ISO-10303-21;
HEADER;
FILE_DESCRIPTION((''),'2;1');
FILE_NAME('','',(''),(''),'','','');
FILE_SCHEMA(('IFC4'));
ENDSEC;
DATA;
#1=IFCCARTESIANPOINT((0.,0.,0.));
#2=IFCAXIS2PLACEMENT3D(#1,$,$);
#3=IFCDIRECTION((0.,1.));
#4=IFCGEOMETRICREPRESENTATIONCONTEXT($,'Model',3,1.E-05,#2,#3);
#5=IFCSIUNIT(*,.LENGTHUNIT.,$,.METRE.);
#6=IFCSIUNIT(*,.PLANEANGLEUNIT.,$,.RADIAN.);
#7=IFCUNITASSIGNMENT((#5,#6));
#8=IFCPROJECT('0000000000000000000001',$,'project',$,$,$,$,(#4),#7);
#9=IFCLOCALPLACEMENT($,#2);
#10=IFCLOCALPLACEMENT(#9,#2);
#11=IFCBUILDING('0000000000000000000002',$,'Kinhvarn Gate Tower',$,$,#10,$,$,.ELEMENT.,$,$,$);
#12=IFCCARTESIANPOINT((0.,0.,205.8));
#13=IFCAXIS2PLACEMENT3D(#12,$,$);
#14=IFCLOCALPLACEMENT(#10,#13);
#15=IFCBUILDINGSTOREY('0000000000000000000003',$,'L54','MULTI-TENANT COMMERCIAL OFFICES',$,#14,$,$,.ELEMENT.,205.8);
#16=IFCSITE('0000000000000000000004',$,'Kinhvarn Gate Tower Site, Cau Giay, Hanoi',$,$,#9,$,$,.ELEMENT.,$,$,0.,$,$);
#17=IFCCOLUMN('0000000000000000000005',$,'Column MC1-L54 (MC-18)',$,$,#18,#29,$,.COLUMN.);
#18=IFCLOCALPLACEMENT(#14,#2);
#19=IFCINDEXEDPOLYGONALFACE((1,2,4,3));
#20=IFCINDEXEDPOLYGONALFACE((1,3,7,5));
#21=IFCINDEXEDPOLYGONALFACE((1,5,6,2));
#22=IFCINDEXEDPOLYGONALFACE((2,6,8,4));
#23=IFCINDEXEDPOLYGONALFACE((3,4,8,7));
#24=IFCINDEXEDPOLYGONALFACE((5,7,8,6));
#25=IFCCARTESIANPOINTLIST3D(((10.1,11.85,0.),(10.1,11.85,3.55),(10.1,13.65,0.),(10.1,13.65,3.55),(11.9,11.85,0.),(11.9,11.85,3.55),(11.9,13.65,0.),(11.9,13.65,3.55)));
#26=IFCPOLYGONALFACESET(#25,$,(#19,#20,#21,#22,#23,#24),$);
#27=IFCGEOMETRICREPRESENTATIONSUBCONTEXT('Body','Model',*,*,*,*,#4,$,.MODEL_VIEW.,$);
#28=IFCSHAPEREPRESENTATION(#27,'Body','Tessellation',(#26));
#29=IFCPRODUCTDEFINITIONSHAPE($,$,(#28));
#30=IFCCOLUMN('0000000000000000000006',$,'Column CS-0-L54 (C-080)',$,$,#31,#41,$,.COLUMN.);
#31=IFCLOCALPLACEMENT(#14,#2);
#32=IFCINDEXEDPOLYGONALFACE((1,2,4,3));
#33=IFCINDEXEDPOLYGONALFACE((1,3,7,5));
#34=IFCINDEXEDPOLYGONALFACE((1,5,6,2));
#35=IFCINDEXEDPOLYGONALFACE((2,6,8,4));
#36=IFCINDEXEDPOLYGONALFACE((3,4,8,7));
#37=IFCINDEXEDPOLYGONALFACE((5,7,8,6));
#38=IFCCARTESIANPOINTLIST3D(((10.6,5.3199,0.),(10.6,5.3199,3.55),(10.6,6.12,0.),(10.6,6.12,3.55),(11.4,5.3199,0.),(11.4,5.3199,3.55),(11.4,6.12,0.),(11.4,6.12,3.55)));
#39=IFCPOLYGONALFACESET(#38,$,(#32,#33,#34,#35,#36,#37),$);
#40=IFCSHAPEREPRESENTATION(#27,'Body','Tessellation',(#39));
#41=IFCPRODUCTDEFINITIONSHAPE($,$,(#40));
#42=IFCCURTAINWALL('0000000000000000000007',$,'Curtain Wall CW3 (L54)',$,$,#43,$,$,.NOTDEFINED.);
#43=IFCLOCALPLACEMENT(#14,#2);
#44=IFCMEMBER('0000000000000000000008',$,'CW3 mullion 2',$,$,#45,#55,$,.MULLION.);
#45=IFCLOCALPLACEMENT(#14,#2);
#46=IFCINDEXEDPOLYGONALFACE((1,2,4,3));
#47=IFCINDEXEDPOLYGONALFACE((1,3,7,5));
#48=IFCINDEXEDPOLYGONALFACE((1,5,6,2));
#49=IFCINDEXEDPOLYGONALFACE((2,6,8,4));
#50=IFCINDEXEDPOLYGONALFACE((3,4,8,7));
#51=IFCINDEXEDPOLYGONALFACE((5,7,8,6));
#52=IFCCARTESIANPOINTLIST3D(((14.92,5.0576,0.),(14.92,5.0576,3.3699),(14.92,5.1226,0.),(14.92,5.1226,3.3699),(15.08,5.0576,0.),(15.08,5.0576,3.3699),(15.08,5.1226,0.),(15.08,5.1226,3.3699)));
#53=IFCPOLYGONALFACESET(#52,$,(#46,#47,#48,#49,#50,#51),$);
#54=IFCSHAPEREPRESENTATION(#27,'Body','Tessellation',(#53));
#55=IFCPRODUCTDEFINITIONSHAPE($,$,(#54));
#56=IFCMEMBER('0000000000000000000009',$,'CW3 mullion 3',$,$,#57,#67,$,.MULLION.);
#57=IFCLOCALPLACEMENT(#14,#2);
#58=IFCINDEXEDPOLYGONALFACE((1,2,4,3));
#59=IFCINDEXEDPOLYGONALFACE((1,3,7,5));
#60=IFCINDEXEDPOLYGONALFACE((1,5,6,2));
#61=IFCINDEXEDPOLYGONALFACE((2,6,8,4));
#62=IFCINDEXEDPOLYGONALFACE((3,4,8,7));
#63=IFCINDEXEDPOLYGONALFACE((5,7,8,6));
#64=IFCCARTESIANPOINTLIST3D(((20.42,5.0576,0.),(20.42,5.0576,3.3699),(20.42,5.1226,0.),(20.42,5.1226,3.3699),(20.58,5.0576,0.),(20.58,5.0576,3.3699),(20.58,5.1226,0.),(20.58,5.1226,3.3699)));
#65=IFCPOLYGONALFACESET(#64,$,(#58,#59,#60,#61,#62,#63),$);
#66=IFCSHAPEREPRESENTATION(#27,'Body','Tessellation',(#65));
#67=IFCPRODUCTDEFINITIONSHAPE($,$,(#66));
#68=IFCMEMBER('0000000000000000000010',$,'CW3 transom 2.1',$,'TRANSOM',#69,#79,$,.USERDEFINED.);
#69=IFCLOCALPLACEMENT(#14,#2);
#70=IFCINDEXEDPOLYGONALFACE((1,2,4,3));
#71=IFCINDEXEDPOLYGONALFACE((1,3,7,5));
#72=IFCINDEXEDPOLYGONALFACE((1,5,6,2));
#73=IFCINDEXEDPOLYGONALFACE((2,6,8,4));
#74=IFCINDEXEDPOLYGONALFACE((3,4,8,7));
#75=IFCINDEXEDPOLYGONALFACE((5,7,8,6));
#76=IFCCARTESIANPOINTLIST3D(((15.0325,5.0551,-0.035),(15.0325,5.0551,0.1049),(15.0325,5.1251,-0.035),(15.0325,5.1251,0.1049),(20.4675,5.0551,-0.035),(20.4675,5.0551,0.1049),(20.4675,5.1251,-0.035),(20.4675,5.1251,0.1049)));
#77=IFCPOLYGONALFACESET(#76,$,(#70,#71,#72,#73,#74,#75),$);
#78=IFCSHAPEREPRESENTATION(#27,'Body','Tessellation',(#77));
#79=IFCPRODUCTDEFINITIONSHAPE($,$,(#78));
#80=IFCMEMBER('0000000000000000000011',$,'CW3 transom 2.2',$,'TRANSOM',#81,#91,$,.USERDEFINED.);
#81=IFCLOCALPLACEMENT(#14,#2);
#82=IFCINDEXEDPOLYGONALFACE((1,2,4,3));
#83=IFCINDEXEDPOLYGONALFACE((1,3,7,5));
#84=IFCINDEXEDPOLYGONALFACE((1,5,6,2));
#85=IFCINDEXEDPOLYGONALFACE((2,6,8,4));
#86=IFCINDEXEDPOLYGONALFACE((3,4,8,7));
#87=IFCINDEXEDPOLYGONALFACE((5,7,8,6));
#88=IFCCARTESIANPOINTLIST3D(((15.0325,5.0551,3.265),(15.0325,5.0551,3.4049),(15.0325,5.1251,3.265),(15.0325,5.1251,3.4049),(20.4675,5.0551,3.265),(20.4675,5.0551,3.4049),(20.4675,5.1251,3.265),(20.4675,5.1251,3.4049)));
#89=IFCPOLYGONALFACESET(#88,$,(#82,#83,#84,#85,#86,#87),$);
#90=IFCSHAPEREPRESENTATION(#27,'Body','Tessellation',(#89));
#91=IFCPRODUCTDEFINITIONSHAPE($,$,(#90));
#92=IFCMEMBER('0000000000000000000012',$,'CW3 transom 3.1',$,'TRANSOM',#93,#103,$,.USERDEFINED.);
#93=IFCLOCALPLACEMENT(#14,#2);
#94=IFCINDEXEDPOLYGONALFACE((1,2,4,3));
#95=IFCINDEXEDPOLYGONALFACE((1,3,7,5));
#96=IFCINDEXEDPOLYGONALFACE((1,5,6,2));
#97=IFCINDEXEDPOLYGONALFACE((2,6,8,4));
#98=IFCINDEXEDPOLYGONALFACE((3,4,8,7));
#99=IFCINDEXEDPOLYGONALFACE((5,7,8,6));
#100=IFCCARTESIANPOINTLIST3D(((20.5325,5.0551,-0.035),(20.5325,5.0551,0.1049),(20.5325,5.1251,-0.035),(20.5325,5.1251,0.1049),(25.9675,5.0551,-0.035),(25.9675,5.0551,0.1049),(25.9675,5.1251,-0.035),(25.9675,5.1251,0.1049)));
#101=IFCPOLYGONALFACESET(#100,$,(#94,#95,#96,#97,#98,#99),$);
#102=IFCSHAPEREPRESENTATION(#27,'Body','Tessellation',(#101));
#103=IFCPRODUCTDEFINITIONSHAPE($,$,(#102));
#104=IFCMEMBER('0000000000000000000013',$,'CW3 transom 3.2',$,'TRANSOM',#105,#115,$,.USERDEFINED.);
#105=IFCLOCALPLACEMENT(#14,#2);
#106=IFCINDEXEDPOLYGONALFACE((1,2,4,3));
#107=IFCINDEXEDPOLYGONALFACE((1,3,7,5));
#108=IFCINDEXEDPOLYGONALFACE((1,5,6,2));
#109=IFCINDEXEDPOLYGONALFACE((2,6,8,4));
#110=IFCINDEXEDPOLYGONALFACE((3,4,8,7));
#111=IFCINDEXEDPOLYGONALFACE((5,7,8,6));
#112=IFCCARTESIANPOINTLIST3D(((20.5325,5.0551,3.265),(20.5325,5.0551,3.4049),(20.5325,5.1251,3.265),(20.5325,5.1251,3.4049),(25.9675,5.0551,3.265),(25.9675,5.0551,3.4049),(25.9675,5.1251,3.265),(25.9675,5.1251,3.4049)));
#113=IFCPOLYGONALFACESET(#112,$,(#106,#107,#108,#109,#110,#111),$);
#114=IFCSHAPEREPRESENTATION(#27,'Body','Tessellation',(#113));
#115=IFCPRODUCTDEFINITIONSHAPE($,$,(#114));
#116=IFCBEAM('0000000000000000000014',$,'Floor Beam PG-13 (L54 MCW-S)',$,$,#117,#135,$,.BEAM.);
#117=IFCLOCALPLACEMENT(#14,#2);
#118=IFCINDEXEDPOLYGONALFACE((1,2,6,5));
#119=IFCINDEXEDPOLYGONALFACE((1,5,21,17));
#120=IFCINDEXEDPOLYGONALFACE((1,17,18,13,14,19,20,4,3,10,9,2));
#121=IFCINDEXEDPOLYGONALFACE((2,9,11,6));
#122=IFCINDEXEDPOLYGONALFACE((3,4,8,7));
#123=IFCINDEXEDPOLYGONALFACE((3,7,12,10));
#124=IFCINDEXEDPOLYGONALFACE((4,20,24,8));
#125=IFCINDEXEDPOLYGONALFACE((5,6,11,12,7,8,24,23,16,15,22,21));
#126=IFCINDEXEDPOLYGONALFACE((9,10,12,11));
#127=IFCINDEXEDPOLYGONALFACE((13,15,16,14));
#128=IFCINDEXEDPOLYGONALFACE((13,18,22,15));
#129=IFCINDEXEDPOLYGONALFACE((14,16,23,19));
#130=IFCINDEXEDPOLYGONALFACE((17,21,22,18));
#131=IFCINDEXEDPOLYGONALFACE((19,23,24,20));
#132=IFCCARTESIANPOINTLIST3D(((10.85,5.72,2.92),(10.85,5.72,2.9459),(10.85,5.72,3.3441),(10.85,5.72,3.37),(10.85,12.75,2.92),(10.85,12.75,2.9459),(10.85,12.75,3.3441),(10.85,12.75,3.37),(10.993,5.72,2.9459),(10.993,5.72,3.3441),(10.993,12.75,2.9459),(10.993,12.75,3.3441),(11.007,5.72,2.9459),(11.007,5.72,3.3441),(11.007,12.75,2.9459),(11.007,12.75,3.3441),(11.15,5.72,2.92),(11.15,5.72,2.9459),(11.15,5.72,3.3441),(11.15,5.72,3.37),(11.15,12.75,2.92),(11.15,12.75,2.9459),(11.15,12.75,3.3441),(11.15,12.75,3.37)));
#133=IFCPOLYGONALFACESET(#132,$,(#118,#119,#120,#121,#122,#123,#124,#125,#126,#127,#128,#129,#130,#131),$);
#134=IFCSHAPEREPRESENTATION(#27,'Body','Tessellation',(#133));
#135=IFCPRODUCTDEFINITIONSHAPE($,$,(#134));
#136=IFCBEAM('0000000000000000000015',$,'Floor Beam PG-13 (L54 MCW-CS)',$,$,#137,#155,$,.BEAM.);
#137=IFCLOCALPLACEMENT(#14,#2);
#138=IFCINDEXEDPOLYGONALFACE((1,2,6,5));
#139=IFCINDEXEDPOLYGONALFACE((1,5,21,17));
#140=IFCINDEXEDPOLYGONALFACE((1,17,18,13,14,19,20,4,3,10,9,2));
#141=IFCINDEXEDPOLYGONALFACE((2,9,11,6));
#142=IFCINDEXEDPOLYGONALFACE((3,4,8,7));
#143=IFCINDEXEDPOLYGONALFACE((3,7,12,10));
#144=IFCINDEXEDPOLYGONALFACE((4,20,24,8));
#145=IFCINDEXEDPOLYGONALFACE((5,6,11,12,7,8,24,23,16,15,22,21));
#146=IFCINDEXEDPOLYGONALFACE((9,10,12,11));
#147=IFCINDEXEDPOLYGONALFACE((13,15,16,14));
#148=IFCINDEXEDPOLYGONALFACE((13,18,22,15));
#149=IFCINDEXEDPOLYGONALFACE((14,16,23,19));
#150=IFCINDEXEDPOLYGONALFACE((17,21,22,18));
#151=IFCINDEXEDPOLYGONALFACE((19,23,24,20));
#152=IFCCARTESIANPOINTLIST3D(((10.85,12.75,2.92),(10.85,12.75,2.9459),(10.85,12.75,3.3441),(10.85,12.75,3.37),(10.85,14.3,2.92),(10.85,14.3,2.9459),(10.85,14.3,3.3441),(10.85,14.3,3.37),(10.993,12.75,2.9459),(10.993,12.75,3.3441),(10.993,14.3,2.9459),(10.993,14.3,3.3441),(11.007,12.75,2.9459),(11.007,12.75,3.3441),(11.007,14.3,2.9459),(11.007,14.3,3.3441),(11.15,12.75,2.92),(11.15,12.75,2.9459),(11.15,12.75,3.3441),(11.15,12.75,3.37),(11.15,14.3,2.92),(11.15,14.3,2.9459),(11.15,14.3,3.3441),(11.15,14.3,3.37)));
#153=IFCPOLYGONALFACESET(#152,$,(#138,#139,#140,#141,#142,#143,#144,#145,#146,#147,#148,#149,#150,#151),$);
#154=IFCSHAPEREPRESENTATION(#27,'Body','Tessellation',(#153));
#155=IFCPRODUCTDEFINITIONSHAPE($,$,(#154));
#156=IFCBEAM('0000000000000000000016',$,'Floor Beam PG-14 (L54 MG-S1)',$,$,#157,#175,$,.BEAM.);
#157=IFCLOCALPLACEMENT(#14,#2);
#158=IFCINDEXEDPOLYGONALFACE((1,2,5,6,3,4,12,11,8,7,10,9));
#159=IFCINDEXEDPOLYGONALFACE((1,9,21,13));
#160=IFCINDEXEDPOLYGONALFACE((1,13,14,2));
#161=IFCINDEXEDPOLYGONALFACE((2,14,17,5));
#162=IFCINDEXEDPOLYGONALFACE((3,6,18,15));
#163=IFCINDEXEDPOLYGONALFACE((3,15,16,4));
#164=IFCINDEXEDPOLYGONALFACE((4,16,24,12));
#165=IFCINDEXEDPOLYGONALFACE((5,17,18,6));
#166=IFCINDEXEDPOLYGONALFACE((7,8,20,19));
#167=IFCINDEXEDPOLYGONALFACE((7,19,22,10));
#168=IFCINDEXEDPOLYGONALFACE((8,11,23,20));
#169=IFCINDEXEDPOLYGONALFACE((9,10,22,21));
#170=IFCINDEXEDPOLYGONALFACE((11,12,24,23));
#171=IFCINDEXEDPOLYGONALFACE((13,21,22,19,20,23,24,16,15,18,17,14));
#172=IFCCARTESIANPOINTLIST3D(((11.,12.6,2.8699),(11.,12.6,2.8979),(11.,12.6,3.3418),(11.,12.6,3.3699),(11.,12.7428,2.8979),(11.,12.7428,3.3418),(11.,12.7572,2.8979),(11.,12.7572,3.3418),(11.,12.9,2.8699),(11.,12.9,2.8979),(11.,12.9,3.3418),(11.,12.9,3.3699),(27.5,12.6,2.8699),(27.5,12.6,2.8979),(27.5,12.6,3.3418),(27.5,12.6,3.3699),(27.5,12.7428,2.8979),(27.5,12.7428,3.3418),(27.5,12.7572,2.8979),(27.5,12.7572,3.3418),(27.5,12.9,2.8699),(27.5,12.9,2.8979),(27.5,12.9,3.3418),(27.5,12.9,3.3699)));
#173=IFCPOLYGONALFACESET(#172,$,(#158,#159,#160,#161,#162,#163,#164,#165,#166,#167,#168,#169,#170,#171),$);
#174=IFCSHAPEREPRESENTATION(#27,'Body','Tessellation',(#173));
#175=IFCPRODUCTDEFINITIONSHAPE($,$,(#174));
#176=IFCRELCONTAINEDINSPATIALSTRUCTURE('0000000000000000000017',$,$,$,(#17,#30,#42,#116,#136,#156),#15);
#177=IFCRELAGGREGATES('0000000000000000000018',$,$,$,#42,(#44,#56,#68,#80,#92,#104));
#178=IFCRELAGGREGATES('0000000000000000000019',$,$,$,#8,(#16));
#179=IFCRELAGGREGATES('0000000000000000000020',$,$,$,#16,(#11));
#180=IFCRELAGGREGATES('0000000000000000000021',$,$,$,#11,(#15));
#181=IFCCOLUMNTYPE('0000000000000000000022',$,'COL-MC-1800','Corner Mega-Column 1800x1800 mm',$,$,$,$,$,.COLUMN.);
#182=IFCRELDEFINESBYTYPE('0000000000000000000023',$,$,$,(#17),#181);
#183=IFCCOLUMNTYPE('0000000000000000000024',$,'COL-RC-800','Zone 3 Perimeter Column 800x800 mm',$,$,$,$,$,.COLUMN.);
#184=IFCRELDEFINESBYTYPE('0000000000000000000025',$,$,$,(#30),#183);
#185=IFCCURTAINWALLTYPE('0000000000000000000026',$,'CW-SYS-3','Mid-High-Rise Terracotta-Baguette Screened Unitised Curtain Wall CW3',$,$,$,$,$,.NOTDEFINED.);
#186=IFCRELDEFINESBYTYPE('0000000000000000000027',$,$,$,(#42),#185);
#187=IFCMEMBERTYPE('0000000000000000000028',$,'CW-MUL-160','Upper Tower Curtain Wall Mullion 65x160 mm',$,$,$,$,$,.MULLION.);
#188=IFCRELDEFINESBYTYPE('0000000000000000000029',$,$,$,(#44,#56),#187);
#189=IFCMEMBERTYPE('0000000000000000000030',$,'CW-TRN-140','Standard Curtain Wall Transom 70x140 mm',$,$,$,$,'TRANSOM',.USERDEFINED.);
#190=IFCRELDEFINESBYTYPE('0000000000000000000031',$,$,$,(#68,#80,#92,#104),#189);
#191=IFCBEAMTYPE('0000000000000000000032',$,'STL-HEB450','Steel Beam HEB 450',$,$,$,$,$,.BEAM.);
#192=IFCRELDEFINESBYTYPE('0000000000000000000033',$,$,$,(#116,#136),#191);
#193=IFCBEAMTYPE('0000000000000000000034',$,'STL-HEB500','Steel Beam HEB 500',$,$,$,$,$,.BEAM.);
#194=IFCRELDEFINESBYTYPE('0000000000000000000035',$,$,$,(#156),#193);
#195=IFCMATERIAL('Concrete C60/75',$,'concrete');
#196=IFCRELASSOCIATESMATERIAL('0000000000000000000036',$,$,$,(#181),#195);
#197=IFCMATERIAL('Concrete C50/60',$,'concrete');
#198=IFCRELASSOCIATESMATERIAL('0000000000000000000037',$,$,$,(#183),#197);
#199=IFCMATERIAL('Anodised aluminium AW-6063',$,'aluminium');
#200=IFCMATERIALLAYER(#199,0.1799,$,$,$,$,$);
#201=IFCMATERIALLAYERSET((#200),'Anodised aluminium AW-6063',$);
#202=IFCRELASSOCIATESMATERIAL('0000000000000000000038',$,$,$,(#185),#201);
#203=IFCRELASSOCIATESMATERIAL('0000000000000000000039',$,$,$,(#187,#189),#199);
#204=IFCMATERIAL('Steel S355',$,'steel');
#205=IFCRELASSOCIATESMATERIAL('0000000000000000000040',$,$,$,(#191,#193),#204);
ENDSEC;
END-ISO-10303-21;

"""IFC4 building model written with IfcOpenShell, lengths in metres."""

from ifc_helpers import new_model, si_unit, direction, frame, origin, origin_2d, place, context, subcontext, project, spatial, rectangle, i_section, extrude, material, layer, layer_set, material_profile, profile_set, type_object, element, aggregate, save


model = new_model("IFC4")

# Units and contexts
model_context = context("Model", 3, precision=1e-05, world=origin(), true_north=direction((0.0, 1.0)))
body_context = subcontext(model_context, "Body", "Model", "MODEL_VIEW")
ifc_project = project(units=[si_unit("LENGTHUNIT", "METRE"), si_unit("PLANEANGLEUNIT", "RADIAN")], contexts=[model_context])

# Site, building, storey
site_placement = place(None, origin())
site = spatial("IfcSite", under=ifc_project, at=site_placement, Name="Kinhvarn Gate Tower Site, Cau Giay, Hanoi", CompositionType="ELEMENT", RefElevation=0.0)
building_placement = place(site_placement, origin())
building = spatial("IfcBuilding", under=site, at=building_placement, Name="Kinhvarn Gate Tower", CompositionType="ELEMENT")
storey_placement = place(building_placement, frame((0.0, 0.0, 205.8)))
storey = spatial("IfcBuildingStorey", under=building, at=storey_placement, Name="L54", Description="MULTI-TENANT COMMERCIAL OFFICES", CompositionType="ELEMENT", Elevation=205.8)

# Columns
ifc_material_1 = material(Name="Concrete C60/75", Category="concrete")
ifc_material_profile_1 = material_profile(ifc_material_1, rectangle(XDim=1.8, YDim=1.8, at=origin_2d()), Name="RC 1800x1800")
ifc_profile_set_1 = profile_set([ifc_material_profile_1], Name="Concrete C60/75")
column_type_1 = type_object("IfcColumnType", Name="COL-MC-1800", Description="Corner Mega-Column 1800x1800 mm", PredefinedType="COLUMN", material=ifc_profile_set_1)
column_1_placement = place(storey_placement, frame((11.0, 12.75, 0.0), z_axis=(0.0, 0.0, 1.0), x_axis=(1.0, 0.0, 0.0)))
element("IfcColumn", 1, at=column_1_placement, inside=storey, type_object=column_type_1, Name="Column MC1-L54 (MC-18)", PredefinedType="COLUMN", context=body_context, shape_type="SweptSolid", body=[
    extrude(rectangle(XDim=1.8, YDim=1.8, at=origin_2d()), origin(), (0.0, 0.0, 1.0), 3.55),
])
ifc_material_2 = material(Name="Concrete C50/60", Category="concrete")
ifc_material_profile_2 = material_profile(ifc_material_2, rectangle(XDim=0.8, YDim=0.8, at=origin_2d()), Name="RC 800x800")
ifc_profile_set_2 = profile_set([ifc_material_profile_2], Name="Concrete C50/60")
column_type_2 = type_object("IfcColumnType", Name="COL-RC-800", Description="Zone 3 Perimeter Column 800x800 mm", PredefinedType="COLUMN", material=ifc_profile_set_2)
column_2_placement = place(storey_placement, frame((11.0, 5.72, 0.0), z_axis=(0.0, 0.0, 1.0), x_axis=(1.0, 0.0, 0.0)))
element("IfcColumn", 2, at=column_2_placement, inside=storey, type_object=column_type_2, Name="Column CS-0-L54 (C-080)", PredefinedType="COLUMN", context=body_context, shape_type="SweptSolid", body=[
    extrude(rectangle(XDim=0.8, YDim=0.8, at=origin_2d()), origin(), (0.0, 0.0, 1.0), 3.55),
])

# Curtain wall, members
ifc_material_3 = material(Name="Anodised aluminium AW-6063", Category="aluminium")
ifc_layer_1 = layer(ifc_material_3, 0.1799)
ifc_layer_set_1 = layer_set([ifc_layer_1], Name="Anodised aluminium AW-6063")
curtain_wall_type = type_object("IfcCurtainWallType", Name="CW-SYS-3", Description="Mid-High-Rise Terracotta-Baguette Screened Unitised Curtain Wall CW3", PredefinedType="NOTDEFINED", material=ifc_layer_set_1)
curtain_wall_placement = place(storey_placement, origin())
curtain_wall = element("IfcCurtainWall", 3, at=curtain_wall_placement, inside=storey, type_object=curtain_wall_type, Name="Curtain Wall CW3 (L54)", PredefinedType="NOTDEFINED")
ifc_material_profile_3 = material_profile(ifc_material_3, rectangle(XDim=0.0649, YDim=0.1599, at=origin_2d()), Name="ALU 65x160")
ifc_profile_set_3 = profile_set([ifc_material_profile_3], Name="Anodised aluminium AW-6063")
member_type_1 = type_object("IfcMemberType", Name="CW-MUL-160", Description="Upper Tower Curtain Wall Mullion 65x160 mm", PredefinedType="MULLION", material=ifc_profile_set_3)
member_1_placement = place(storey_placement, frame((15.0, 5.0901, 0.0), z_axis=(0.0, 0.0, 1.0), x_axis=(0.0, 1.0, 0.0)))
member_1 = element("IfcMember", 4, at=member_1_placement, type_object=member_type_1, Name="CW3 mullion 2", PredefinedType="MULLION", context=body_context, shape_type="SweptSolid", body=[
    extrude(rectangle(XDim=0.0649, YDim=0.1599, at=origin_2d()), origin(), (0.0, 0.0, 1.0), 3.3699),
])
member_2_placement = place(storey_placement, frame((20.5, 5.0901, 0.0), z_axis=(0.0, 0.0, 1.0), x_axis=(0.0, 1.0, 0.0)))
member_2 = element("IfcMember", 5, at=member_2_placement, type_object=member_type_1, Name="CW3 mullion 3", PredefinedType="MULLION", context=body_context, shape_type="SweptSolid", body=[
    extrude(rectangle(XDim=0.0649, YDim=0.1599, at=origin_2d()), origin(), (0.0, 0.0, 1.0), 3.3699),
])
ifc_material_profile_4 = material_profile(ifc_material_3, rectangle(XDim=0.0701, YDim=0.1399, at=origin_2d()), Name="ALU 70x140")
ifc_profile_set_4 = profile_set([ifc_material_profile_4], Name="Anodised aluminium AW-6063")
member_type_2 = type_object("IfcMemberType", Name="CW-TRN-140", Description="Standard Curtain Wall Transom 70x140 mm", ElementType="TRANSOM", PredefinedType="USERDEFINED", material=ifc_profile_set_4)
member_3_placement = place(storey_placement, frame((15.0325, 5.0901, 0.0349), z_axis=(1.0, 0.0, 0.0), x_axis=(0.0, 1.0, 0.0)))
member_3 = element("IfcMember", 6, at=member_3_placement, type_object=member_type_2, Name="CW3 transom 2.1", ObjectType="TRANSOM", PredefinedType="USERDEFINED", context=body_context, shape_type="SweptSolid", body=[
    extrude(rectangle(XDim=0.0701, YDim=0.1399, at=origin_2d()), origin(), (0.0, 0.0, 1.0), 5.4351),
])
member_4_placement = place(storey_placement, frame((15.0325, 5.0901, 3.335), z_axis=(1.0, 0.0, 0.0), x_axis=(0.0, 1.0, 0.0)))
member_4 = element("IfcMember", 7, at=member_4_placement, type_object=member_type_2, Name="CW3 transom 2.2", ObjectType="TRANSOM", PredefinedType="USERDEFINED", context=body_context, shape_type="SweptSolid", body=[
    extrude(rectangle(XDim=0.0701, YDim=0.1399, at=origin_2d()), origin(), (0.0, 0.0, 1.0), 5.4351),
])
member_5_placement = place(storey_placement, frame((20.5325, 5.0901, 0.0349), z_axis=(1.0, 0.0, 0.0), x_axis=(0.0, 1.0, 0.0)))
member_5 = element("IfcMember", 8, at=member_5_placement, type_object=member_type_2, Name="CW3 transom 3.1", ObjectType="TRANSOM", PredefinedType="USERDEFINED", context=body_context, shape_type="SweptSolid", body=[
    extrude(rectangle(XDim=0.0701, YDim=0.1399, at=origin_2d()), origin(), (0.0, 0.0, 1.0), 5.4351),
])
member_6_placement = place(storey_placement, frame((20.5325, 5.0901, 3.335), z_axis=(1.0, 0.0, 0.0), x_axis=(0.0, 1.0, 0.0)))
member_6 = element("IfcMember", 9, at=member_6_placement, type_object=member_type_2, Name="CW3 transom 3.2", ObjectType="TRANSOM", PredefinedType="USERDEFINED", context=body_context, shape_type="SweptSolid", body=[
    extrude(rectangle(XDim=0.0701, YDim=0.1399, at=origin_2d()), origin(), (0.0, 0.0, 1.0), 5.4351),
])

# Beams
ifc_material_4 = material(Name="Steel S355", Category="steel")
ifc_material_profile_5 = material_profile(ifc_material_4, i_section(OverallWidth=0.3, OverallDepth=0.45, WebThickness=0.0139, FlangeThickness=0.0259, at=origin_2d()), Name="HEB 450")
ifc_profile_set_5 = profile_set([ifc_material_profile_5], Name="Steel S355")
beam_type_1 = type_object("IfcBeamType", Name="STL-HEB450", Description="Steel Beam HEB 450", PredefinedType="BEAM", material=ifc_profile_set_5)
beam_1_placement = place(storey_placement, frame((11.0, 5.72, 3.145), z_axis=(0.0, 1.0, 0.0), x_axis=(-1.0, 0.0, 0.0)))
element("IfcBeam", 10, at=beam_1_placement, inside=storey, type_object=beam_type_1, Name="Floor Beam PG-13 (L54 MCW-S)", PredefinedType="BEAM", context=body_context, shape_type="SweptSolid", body=[
    extrude(i_section(OverallWidth=0.3, OverallDepth=0.45, WebThickness=0.0139, FlangeThickness=0.0259, at=origin_2d()), origin(), (0.0, 0.0, 1.0), 7.03),
])
beam_2_placement = place(storey_placement, frame((11.0, 12.75, 3.145), z_axis=(0.0, 1.0, 0.0), x_axis=(-1.0, 0.0, 0.0)))
element("IfcBeam", 11, at=beam_2_placement, inside=storey, type_object=beam_type_1, Name="Floor Beam PG-13 (L54 MCW-CS)", PredefinedType="BEAM", context=body_context, shape_type="SweptSolid", body=[
    extrude(i_section(OverallWidth=0.3, OverallDepth=0.45, WebThickness=0.0139, FlangeThickness=0.0259, at=origin_2d()), origin(), (0.0, 0.0, 1.0), 1.55),
])
ifc_material_profile_6 = material_profile(ifc_material_4, i_section(OverallWidth=0.3, OverallDepth=0.5, WebThickness=0.0144, FlangeThickness=0.0281, at=origin_2d()), Name="HEB 500")
ifc_profile_set_6 = profile_set([ifc_material_profile_6], Name="Steel S355")
beam_type_2 = type_object("IfcBeamType", Name="STL-HEB500", Description="Steel Beam HEB 500", PredefinedType="BEAM", material=ifc_profile_set_6)
beam_3_placement = place(storey_placement, frame((11.0, 12.75, 3.1199), z_axis=(1.0, 0.0, 0.0), x_axis=(0.0, 1.0, 0.0)))
element("IfcBeam", 12, at=beam_3_placement, inside=storey, type_object=beam_type_2, Name="Floor Beam PG-14 (L54 MG-S1)", PredefinedType="BEAM", context=body_context, shape_type="SweptSolid", body=[
    extrude(i_section(OverallWidth=0.3, OverallDepth=0.5, WebThickness=0.0144, FlangeThickness=0.0281, at=origin_2d()), origin(), (0.0, 0.0, 1.0), 16.5),
])

aggregate(curtain_wall, [member_1, member_2, member_3, member_4, member_5, member_6])

save(model, "model.ifc")
